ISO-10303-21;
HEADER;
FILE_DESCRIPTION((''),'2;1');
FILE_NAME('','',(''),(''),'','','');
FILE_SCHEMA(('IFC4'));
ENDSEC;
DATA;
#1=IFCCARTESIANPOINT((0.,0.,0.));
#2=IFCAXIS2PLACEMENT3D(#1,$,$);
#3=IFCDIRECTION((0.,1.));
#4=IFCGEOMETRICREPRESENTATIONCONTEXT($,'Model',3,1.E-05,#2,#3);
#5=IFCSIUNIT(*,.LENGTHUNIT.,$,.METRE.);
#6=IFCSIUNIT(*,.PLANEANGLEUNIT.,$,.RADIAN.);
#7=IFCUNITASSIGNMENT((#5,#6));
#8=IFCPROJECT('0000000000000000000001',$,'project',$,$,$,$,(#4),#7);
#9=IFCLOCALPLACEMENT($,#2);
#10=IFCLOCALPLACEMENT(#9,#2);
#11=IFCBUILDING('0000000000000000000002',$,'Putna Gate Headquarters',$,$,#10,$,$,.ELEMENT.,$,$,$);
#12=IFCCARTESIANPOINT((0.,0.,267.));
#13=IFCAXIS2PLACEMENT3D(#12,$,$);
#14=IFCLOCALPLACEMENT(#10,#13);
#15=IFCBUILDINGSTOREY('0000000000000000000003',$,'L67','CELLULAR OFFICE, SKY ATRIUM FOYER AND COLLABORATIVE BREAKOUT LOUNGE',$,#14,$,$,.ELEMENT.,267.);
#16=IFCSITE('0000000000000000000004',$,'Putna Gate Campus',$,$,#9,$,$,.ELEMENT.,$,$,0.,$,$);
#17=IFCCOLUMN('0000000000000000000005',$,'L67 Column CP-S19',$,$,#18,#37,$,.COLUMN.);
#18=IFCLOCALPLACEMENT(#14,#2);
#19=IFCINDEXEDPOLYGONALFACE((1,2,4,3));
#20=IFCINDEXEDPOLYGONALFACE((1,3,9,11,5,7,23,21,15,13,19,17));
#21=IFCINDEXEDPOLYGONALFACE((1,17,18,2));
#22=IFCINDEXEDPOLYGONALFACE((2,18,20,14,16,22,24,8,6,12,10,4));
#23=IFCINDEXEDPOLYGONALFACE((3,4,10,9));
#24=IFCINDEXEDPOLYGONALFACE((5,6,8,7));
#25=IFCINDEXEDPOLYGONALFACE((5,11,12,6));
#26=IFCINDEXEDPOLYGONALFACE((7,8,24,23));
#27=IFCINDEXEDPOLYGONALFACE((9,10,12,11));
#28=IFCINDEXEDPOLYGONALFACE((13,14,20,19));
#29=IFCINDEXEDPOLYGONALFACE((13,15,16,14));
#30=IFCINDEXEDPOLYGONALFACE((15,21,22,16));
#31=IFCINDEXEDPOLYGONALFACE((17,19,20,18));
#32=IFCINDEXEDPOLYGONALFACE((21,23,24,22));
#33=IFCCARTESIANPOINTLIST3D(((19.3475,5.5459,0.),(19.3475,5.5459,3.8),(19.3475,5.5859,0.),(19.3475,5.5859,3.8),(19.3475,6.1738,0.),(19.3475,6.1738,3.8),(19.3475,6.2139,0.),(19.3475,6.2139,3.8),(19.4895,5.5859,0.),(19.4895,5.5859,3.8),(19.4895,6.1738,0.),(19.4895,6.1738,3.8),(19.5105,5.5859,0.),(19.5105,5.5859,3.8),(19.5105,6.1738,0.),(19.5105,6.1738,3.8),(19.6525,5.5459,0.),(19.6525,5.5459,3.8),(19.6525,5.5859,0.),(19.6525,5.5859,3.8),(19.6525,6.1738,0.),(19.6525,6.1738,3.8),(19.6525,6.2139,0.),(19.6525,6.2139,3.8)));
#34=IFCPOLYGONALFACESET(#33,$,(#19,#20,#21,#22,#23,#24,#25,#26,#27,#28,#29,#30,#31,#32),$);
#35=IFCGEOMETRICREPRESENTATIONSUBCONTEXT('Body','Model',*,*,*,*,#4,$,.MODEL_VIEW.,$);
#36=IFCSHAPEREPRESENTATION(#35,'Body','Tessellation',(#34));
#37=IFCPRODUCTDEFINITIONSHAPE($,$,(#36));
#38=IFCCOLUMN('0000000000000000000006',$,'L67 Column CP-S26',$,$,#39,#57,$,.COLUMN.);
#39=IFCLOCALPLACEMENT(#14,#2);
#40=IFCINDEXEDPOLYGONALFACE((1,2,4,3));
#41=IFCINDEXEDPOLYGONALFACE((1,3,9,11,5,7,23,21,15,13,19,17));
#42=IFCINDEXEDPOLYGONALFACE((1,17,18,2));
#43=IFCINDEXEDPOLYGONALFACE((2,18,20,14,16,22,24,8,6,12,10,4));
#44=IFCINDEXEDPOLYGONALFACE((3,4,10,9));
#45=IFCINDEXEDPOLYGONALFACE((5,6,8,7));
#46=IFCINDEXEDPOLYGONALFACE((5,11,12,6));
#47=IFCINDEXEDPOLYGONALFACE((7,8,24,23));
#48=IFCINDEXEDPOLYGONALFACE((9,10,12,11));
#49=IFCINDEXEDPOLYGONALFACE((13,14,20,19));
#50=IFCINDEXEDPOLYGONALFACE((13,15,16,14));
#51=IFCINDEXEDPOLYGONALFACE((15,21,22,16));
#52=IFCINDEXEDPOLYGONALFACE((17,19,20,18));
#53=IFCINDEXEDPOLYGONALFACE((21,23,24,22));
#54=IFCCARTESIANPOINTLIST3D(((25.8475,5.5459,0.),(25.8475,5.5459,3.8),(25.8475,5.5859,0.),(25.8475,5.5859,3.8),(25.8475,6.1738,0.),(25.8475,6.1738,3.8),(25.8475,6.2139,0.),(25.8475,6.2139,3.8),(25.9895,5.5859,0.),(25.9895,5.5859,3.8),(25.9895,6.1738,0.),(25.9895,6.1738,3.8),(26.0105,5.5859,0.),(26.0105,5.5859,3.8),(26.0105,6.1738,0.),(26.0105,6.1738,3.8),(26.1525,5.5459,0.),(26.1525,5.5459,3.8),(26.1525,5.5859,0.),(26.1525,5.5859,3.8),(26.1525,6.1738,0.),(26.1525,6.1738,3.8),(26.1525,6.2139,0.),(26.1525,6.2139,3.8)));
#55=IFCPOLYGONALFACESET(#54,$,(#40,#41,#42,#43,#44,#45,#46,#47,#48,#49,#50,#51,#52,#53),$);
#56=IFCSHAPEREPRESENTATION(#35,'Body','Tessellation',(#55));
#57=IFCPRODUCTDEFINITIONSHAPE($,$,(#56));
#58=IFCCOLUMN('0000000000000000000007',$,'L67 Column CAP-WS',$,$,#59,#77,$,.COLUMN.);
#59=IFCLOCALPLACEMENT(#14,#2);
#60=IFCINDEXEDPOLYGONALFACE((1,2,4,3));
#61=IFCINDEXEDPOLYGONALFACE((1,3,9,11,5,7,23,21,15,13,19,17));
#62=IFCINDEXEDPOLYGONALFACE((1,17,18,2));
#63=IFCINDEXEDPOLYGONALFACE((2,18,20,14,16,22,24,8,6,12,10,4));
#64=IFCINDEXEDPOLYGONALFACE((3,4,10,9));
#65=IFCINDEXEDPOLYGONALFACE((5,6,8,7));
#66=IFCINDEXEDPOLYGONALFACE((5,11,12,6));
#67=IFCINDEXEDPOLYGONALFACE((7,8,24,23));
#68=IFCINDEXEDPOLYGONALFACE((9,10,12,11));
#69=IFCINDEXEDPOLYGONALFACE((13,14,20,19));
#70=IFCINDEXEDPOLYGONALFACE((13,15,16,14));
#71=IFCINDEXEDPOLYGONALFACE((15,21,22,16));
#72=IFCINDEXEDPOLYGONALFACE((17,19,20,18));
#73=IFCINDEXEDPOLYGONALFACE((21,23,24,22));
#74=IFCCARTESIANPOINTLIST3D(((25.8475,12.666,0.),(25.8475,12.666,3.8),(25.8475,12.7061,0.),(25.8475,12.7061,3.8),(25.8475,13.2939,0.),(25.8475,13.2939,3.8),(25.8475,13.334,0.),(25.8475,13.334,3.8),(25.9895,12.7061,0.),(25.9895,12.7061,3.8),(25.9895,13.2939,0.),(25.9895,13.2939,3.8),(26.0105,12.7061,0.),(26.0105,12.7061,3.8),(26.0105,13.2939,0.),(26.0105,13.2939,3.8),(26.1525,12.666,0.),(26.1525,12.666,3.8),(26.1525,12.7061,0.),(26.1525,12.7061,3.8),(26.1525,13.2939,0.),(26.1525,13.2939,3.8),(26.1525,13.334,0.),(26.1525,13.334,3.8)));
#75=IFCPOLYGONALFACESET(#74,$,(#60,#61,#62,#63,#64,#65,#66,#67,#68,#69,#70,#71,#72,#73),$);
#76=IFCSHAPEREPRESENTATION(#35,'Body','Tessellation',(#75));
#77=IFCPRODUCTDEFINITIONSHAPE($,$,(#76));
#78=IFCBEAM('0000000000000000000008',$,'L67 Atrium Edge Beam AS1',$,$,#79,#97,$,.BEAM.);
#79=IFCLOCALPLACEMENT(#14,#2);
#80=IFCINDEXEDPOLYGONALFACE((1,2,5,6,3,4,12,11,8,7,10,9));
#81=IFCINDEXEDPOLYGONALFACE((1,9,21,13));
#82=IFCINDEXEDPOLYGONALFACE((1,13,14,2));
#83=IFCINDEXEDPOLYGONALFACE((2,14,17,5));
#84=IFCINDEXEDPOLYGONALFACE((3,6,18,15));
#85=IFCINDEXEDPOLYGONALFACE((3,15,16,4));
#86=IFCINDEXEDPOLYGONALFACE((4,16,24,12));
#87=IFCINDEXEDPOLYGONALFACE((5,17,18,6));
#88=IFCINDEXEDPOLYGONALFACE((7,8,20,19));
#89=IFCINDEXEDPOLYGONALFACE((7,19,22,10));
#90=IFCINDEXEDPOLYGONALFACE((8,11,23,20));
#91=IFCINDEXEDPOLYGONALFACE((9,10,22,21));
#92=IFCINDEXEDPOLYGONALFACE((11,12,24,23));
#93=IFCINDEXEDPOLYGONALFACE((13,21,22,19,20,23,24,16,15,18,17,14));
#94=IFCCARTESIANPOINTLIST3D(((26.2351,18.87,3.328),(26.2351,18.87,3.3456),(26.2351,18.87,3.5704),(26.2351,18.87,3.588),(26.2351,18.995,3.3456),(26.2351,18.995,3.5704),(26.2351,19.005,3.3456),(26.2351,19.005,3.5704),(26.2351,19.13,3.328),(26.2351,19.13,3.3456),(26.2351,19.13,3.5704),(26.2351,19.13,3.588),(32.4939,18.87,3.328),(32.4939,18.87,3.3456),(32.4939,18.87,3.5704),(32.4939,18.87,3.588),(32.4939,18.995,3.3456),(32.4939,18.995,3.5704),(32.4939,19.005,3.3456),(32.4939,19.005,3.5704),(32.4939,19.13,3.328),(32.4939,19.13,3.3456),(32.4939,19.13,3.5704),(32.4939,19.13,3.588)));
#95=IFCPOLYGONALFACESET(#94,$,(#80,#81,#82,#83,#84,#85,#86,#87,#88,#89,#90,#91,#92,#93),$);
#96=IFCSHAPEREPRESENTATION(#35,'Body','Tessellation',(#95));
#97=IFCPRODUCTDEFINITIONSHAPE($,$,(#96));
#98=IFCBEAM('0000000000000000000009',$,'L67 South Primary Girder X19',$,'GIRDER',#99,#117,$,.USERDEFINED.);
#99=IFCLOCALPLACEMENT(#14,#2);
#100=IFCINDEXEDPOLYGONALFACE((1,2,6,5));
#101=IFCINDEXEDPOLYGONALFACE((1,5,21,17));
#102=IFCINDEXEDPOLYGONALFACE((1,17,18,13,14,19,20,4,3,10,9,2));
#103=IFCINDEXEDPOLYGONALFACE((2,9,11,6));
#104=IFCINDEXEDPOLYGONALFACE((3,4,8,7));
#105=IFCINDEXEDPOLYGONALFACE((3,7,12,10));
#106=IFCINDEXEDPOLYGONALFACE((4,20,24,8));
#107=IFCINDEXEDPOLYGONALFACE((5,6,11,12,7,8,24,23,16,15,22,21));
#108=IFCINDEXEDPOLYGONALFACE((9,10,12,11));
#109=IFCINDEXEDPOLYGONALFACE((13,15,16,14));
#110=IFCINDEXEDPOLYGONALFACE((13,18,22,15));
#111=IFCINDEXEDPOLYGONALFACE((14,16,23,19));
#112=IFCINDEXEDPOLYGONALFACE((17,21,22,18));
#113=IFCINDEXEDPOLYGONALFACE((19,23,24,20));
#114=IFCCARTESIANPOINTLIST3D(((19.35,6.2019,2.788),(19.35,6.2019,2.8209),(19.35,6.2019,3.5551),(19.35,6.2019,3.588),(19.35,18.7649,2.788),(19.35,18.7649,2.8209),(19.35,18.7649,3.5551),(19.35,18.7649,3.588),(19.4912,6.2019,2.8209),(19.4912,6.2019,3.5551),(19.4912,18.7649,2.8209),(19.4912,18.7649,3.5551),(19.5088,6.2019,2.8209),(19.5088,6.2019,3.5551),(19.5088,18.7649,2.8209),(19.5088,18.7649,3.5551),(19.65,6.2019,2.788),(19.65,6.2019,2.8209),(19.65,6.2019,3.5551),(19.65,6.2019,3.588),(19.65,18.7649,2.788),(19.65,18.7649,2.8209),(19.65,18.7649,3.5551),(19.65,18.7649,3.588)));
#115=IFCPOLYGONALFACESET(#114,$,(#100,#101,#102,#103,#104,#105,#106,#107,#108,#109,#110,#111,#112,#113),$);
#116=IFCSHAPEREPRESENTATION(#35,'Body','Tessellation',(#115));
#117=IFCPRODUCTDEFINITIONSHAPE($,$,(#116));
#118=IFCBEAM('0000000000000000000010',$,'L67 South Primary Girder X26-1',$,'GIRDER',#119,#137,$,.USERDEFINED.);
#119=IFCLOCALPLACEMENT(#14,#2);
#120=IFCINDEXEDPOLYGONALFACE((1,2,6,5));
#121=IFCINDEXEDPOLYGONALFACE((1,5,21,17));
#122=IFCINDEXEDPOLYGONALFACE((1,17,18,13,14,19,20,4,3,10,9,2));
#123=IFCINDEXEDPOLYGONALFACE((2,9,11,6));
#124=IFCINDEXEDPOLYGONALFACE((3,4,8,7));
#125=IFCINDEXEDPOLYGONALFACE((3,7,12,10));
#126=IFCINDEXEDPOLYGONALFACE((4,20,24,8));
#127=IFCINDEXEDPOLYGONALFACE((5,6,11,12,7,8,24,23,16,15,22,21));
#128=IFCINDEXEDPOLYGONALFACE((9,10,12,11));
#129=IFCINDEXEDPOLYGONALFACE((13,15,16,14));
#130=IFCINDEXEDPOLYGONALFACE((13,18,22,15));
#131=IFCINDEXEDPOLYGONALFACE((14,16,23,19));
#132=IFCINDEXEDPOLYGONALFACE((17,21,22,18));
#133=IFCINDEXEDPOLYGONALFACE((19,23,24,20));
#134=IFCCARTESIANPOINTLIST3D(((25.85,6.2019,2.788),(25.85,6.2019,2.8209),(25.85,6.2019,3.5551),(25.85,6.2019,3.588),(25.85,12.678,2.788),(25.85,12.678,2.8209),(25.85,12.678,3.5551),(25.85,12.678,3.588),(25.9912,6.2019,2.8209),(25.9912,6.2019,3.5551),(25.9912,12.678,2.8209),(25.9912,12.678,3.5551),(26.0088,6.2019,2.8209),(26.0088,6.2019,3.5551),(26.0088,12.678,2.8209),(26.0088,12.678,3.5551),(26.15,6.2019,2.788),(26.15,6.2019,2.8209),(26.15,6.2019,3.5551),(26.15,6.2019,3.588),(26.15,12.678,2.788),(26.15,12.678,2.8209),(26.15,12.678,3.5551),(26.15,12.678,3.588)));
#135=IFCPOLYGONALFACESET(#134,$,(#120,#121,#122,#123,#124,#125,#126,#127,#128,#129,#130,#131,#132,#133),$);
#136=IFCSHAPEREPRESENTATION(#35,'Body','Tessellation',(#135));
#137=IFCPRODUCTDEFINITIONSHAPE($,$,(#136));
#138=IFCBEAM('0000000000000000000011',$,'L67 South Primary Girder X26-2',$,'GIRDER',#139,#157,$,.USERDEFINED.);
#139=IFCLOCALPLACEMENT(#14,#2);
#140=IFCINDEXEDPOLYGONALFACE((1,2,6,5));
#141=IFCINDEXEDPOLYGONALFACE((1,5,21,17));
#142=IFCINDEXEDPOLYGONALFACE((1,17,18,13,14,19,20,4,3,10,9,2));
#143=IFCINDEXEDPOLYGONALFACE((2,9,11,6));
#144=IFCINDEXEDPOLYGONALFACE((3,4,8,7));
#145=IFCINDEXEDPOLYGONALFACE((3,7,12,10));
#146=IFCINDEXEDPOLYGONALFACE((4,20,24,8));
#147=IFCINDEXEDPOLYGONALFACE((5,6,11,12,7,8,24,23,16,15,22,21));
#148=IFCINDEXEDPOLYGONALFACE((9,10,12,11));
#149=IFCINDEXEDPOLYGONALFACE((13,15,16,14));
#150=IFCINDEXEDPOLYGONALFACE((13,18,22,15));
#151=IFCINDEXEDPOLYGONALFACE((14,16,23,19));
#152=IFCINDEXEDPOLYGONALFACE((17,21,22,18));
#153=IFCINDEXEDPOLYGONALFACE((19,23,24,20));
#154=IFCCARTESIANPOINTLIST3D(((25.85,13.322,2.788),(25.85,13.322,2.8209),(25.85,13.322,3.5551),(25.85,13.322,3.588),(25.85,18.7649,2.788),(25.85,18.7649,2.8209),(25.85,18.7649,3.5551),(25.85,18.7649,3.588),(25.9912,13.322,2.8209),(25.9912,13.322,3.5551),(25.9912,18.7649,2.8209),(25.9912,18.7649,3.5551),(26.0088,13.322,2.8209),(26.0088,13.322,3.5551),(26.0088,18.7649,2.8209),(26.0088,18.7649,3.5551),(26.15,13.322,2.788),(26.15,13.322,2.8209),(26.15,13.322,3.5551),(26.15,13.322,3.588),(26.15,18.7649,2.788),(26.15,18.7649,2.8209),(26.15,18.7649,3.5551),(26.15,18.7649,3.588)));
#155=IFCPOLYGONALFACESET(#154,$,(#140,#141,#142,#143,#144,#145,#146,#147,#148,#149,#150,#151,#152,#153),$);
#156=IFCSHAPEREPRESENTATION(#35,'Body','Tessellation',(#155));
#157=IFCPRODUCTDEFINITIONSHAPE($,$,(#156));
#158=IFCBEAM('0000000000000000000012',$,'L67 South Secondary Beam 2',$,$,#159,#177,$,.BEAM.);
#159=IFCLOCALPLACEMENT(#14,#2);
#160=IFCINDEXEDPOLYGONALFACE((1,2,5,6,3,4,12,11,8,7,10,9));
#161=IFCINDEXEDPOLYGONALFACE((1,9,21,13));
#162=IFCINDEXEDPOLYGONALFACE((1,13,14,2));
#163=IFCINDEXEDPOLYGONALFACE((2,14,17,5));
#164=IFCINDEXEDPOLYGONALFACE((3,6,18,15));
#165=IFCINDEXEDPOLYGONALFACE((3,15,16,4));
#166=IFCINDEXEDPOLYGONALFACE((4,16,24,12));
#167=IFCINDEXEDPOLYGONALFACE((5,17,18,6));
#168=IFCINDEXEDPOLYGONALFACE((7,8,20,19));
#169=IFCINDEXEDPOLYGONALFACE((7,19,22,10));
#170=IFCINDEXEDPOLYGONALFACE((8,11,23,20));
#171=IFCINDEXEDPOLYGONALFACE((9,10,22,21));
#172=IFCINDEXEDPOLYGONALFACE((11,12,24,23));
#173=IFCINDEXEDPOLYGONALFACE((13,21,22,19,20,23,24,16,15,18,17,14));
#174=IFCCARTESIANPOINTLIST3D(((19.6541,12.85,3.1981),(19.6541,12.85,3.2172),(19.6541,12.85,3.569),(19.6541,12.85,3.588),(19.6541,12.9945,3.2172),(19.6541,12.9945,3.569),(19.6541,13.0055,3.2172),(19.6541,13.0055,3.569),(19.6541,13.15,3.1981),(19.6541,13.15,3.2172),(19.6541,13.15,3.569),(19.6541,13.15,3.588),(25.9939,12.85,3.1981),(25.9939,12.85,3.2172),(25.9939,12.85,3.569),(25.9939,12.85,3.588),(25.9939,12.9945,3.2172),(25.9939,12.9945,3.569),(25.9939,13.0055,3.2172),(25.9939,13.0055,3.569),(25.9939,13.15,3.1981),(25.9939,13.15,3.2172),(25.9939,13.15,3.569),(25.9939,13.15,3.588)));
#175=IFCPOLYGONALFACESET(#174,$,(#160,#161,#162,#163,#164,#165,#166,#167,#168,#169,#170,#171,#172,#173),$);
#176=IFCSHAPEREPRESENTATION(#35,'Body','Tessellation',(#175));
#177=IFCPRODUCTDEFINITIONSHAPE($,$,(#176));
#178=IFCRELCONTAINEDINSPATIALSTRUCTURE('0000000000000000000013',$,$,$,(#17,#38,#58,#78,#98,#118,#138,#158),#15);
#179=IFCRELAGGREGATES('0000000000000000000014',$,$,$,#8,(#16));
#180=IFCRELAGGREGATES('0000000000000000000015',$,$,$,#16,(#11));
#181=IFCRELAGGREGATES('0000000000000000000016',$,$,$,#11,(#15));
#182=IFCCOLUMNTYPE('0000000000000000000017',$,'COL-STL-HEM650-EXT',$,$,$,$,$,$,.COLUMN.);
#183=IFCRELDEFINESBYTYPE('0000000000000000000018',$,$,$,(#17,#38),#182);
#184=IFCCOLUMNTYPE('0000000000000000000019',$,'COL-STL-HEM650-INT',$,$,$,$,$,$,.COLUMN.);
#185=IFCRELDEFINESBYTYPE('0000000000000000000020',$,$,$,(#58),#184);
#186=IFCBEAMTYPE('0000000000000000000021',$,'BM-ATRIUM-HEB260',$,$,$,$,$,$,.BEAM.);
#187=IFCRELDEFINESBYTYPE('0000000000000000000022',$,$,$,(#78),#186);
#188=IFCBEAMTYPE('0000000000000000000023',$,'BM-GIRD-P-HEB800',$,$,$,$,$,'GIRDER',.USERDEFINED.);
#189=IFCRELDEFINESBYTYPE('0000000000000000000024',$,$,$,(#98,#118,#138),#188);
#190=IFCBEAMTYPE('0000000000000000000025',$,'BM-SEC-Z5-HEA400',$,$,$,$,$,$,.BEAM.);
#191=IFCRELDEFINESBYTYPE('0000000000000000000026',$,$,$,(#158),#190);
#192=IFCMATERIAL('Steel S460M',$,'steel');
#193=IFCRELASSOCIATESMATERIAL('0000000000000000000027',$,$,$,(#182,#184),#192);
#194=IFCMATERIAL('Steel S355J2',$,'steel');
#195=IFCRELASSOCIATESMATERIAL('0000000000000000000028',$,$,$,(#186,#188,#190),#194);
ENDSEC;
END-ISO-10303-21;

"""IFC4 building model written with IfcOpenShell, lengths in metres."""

from ifc_helpers import new_model, si_unit, direction, frame, origin, origin_2d, place, context, subcontext, project, spatial, i_section, extrude, material, material_profile, profile_set, type_object, element, save


model = new_model("IFC4")

# Units and contexts
model_context = context("Model", 3, precision=1e-05, world=origin(), true_north=direction((0.0, 1.0)))
body_context = subcontext(model_context, "Body", "Model", "MODEL_VIEW")
ifc_project = project(units=[si_unit("LENGTHUNIT", "METRE"), si_unit("PLANEANGLEUNIT", "RADIAN")], contexts=[model_context])

# Site, building, storey
site_placement = place(None, origin())
site = spatial("IfcSite", under=ifc_project, at=site_placement, Name="Putna Gate Campus", CompositionType="ELEMENT", RefElevation=0.0)
building_placement = place(site_placement, origin())
building = spatial("IfcBuilding", under=site, at=building_placement, Name="Putna Gate Headquarters", CompositionType="ELEMENT")
storey_placement = place(building_placement, frame((0.0, 0.0, 267.0)))
storey = spatial("IfcBuildingStorey", under=building, at=storey_placement, Name="L67", Description="CELLULAR OFFICE, SKY ATRIUM FOYER AND COLLABORATIVE BREAKOUT LOUNGE", CompositionType="ELEMENT", Elevation=267.0)

# Columns
ifc_material_1 = material(Name="Steel S460M", Category="steel")
ifc_material_profile_1 = material_profile(ifc_material_1, i_section(OverallWidth=0.3049, OverallDepth=0.668, WebThickness=0.021, FlangeThickness=0.04, at=origin_2d()), Name="Steel S460M")
ifc_profile_set_1 = profile_set([ifc_material_profile_1], Name="Steel S460M")
column_type_1 = type_object("IfcColumnType", Name="COL-STL-HEM650-EXT", PredefinedType="COLUMN", material=ifc_profile_set_1)
for number, where, z_axis, x_axis, name in (
    (1, (19.5, 5.8799, 0.0), (0.0, 0.0, 1.0), (1.0, 0.0, 0.0), "L67 Column CP-S19"),
    (2, (26.0, 5.8799, 0.0), (0.0, 0.0, 1.0), (1.0, 0.0, 0.0), "L67 Column CP-S26"),
):
    element("IfcColumn", number, at=place(storey_placement, frame(where, z_axis=z_axis, x_axis=x_axis)), inside=storey, type_object=column_type_1, Name=name, PredefinedType="COLUMN", context=body_context, shape_type="SweptSolid", body=[
        extrude(i_section(OverallWidth=0.3049, OverallDepth=0.668, WebThickness=0.021, FlangeThickness=0.04, at=origin_2d()), origin(), (0.0, 0.0, 1.0), 3.8),
    ])
ifc_material_profile_2 = material_profile(ifc_material_1, i_section(OverallWidth=0.3049, OverallDepth=0.668, WebThickness=0.021, FlangeThickness=0.04, at=origin_2d()), Name="Steel S460M")
ifc_profile_set_2 = profile_set([ifc_material_profile_2], Name="Steel S460M")
column_type_2 = type_object("IfcColumnType", Name="COL-STL-HEM650-INT", PredefinedType="COLUMN", material=ifc_profile_set_2)
column_placement = place(storey_placement, frame((26.0, 13.0, 0.0), z_axis=(0.0, 0.0, 1.0), x_axis=(1.0, 0.0, 0.0)))
element("IfcColumn", 3, at=column_placement, inside=storey, type_object=column_type_2, Name="L67 Column CAP-WS", PredefinedType="COLUMN", context=body_context, shape_type="SweptSolid", body=[
    extrude(i_section(OverallWidth=0.3049, OverallDepth=0.668, WebThickness=0.021, FlangeThickness=0.04, at=origin_2d()), origin(), (0.0, 0.0, 1.0), 3.8),
])

# Beams
ifc_material_2 = material(Name="Steel S355J2", Category="steel")
ifc_material_profile_3 = material_profile(ifc_material_2, i_section(OverallWidth=0.26, OverallDepth=0.26, WebThickness=0.01, FlangeThickness=0.0176, at=origin_2d()), Name="Steel S355J2")
ifc_profile_set_3 = profile_set([ifc_material_profile_3], Name="Steel S355J2")
beam_type_1 = type_object("IfcBeamType", Name="BM-ATRIUM-HEB260", PredefinedType="BEAM", material=ifc_profile_set_3)
beam_1_placement = place(storey_placement, frame((26.2351, 19.0, 3.458), z_axis=(1.0, 0.0, 0.0), x_axis=(0.0, 1.0, 0.0)))
element("IfcBeam", 4, at=beam_1_placement, inside=storey, type_object=beam_type_1, Name="L67 Atrium Edge Beam AS1", PredefinedType="BEAM", context=body_context, shape_type="SweptSolid", body=[
    extrude(i_section(OverallWidth=0.26, OverallDepth=0.26, WebThickness=0.01, FlangeThickness=0.0176, at=origin_2d()), origin(), (0.0, 0.0, 1.0), 6.2588),
])
ifc_material_profile_4 = material_profile(ifc_material_2, i_section(OverallWidth=0.3, OverallDepth=0.8, WebThickness=0.0176, FlangeThickness=0.033, at=origin_2d()), Name="Steel S355J2")
ifc_profile_set_4 = profile_set([ifc_material_profile_4], Name="Steel S355J2")
beam_type_2 = type_object("IfcBeamType", Name="BM-GIRD-P-HEB800", ElementType="GIRDER", PredefinedType="USERDEFINED", material=ifc_profile_set_4)
beam_2_placement = place(storey_placement, frame((19.5, 6.2019, 3.188), z_axis=(0.0, 1.0, 0.0), x_axis=(-1.0, 0.0, 0.0)))
element("IfcBeam", 5, at=beam_2_placement, inside=storey, type_object=beam_type_2, Name="L67 South Primary Girder X19", ObjectType="GIRDER", PredefinedType="USERDEFINED", context=body_context, shape_type="SweptSolid", body=[
    extrude(i_section(OverallWidth=0.3, OverallDepth=0.8, WebThickness=0.0176, FlangeThickness=0.033, at=origin_2d()), origin(), (0.0, 0.0, 1.0), 12.563),
])
beam_3_placement = place(storey_placement, frame((26.0, 6.2019, 3.188), z_axis=(0.0, 1.0, 0.0), x_axis=(-1.0, 0.0, 0.0)))
element("IfcBeam", 6, at=beam_3_placement, inside=storey, type_object=beam_type_2, Name="L67 South Primary Girder X26-1", ObjectType="GIRDER", PredefinedType="USERDEFINED", context=body_context, shape_type="SweptSolid", body=[
    extrude(i_section(OverallWidth=0.3, OverallDepth=0.8, WebThickness=0.0176, FlangeThickness=0.033, at=origin_2d()), origin(), (0.0, 0.0, 1.0), 6.4761),
])
beam_4_placement = place(storey_placement, frame((26.0, 13.322, 3.188), z_axis=(0.0, 1.0, 0.0), x_axis=(-1.0, 0.0, 0.0)))
element("IfcBeam", 7, at=beam_4_placement, inside=storey, type_object=beam_type_2, Name="L67 South Primary Girder X26-2", ObjectType="GIRDER", PredefinedType="USERDEFINED", context=body_context, shape_type="SweptSolid", body=[
    extrude(i_section(OverallWidth=0.3, OverallDepth=0.8, WebThickness=0.0176, FlangeThickness=0.033, at=origin_2d()), origin(), (0.0, 0.0, 1.0), 5.4429),
])
ifc_material_profile_5 = material_profile(ifc_material_2, i_section(OverallWidth=0.3, OverallDepth=0.3899, WebThickness=0.011, FlangeThickness=0.019, at=origin_2d()), Name="Steel S355J2")
ifc_profile_set_5 = profile_set([ifc_material_profile_5], Name="Steel S355J2")
beam_type_3 = type_object("IfcBeamType", Name="BM-SEC-Z5-HEA400", PredefinedType="BEAM", material=ifc_profile_set_5)
for number, where, z_axis, x_axis, name in (
    (8, (19.6541, 13.0, 3.3931), (1.0, 0.0, 0.0), (0.0, 1.0, 0.0), "L67 South Secondary Beam 2"),
):
    element("IfcBeam", number, at=place(storey_placement, frame(where, z_axis=z_axis, x_axis=x_axis)), inside=storey, type_object=beam_type_3, Name=name, PredefinedType="BEAM", context=body_context, shape_type="SweptSolid", body=[
        extrude(i_section(OverallWidth=0.3, OverallDepth=0.3899, WebThickness=0.011, FlangeThickness=0.019, at=origin_2d()), origin(), (0.0, 0.0, 1.0), 6.3398),
    ])

save(model, "model.ifc")
